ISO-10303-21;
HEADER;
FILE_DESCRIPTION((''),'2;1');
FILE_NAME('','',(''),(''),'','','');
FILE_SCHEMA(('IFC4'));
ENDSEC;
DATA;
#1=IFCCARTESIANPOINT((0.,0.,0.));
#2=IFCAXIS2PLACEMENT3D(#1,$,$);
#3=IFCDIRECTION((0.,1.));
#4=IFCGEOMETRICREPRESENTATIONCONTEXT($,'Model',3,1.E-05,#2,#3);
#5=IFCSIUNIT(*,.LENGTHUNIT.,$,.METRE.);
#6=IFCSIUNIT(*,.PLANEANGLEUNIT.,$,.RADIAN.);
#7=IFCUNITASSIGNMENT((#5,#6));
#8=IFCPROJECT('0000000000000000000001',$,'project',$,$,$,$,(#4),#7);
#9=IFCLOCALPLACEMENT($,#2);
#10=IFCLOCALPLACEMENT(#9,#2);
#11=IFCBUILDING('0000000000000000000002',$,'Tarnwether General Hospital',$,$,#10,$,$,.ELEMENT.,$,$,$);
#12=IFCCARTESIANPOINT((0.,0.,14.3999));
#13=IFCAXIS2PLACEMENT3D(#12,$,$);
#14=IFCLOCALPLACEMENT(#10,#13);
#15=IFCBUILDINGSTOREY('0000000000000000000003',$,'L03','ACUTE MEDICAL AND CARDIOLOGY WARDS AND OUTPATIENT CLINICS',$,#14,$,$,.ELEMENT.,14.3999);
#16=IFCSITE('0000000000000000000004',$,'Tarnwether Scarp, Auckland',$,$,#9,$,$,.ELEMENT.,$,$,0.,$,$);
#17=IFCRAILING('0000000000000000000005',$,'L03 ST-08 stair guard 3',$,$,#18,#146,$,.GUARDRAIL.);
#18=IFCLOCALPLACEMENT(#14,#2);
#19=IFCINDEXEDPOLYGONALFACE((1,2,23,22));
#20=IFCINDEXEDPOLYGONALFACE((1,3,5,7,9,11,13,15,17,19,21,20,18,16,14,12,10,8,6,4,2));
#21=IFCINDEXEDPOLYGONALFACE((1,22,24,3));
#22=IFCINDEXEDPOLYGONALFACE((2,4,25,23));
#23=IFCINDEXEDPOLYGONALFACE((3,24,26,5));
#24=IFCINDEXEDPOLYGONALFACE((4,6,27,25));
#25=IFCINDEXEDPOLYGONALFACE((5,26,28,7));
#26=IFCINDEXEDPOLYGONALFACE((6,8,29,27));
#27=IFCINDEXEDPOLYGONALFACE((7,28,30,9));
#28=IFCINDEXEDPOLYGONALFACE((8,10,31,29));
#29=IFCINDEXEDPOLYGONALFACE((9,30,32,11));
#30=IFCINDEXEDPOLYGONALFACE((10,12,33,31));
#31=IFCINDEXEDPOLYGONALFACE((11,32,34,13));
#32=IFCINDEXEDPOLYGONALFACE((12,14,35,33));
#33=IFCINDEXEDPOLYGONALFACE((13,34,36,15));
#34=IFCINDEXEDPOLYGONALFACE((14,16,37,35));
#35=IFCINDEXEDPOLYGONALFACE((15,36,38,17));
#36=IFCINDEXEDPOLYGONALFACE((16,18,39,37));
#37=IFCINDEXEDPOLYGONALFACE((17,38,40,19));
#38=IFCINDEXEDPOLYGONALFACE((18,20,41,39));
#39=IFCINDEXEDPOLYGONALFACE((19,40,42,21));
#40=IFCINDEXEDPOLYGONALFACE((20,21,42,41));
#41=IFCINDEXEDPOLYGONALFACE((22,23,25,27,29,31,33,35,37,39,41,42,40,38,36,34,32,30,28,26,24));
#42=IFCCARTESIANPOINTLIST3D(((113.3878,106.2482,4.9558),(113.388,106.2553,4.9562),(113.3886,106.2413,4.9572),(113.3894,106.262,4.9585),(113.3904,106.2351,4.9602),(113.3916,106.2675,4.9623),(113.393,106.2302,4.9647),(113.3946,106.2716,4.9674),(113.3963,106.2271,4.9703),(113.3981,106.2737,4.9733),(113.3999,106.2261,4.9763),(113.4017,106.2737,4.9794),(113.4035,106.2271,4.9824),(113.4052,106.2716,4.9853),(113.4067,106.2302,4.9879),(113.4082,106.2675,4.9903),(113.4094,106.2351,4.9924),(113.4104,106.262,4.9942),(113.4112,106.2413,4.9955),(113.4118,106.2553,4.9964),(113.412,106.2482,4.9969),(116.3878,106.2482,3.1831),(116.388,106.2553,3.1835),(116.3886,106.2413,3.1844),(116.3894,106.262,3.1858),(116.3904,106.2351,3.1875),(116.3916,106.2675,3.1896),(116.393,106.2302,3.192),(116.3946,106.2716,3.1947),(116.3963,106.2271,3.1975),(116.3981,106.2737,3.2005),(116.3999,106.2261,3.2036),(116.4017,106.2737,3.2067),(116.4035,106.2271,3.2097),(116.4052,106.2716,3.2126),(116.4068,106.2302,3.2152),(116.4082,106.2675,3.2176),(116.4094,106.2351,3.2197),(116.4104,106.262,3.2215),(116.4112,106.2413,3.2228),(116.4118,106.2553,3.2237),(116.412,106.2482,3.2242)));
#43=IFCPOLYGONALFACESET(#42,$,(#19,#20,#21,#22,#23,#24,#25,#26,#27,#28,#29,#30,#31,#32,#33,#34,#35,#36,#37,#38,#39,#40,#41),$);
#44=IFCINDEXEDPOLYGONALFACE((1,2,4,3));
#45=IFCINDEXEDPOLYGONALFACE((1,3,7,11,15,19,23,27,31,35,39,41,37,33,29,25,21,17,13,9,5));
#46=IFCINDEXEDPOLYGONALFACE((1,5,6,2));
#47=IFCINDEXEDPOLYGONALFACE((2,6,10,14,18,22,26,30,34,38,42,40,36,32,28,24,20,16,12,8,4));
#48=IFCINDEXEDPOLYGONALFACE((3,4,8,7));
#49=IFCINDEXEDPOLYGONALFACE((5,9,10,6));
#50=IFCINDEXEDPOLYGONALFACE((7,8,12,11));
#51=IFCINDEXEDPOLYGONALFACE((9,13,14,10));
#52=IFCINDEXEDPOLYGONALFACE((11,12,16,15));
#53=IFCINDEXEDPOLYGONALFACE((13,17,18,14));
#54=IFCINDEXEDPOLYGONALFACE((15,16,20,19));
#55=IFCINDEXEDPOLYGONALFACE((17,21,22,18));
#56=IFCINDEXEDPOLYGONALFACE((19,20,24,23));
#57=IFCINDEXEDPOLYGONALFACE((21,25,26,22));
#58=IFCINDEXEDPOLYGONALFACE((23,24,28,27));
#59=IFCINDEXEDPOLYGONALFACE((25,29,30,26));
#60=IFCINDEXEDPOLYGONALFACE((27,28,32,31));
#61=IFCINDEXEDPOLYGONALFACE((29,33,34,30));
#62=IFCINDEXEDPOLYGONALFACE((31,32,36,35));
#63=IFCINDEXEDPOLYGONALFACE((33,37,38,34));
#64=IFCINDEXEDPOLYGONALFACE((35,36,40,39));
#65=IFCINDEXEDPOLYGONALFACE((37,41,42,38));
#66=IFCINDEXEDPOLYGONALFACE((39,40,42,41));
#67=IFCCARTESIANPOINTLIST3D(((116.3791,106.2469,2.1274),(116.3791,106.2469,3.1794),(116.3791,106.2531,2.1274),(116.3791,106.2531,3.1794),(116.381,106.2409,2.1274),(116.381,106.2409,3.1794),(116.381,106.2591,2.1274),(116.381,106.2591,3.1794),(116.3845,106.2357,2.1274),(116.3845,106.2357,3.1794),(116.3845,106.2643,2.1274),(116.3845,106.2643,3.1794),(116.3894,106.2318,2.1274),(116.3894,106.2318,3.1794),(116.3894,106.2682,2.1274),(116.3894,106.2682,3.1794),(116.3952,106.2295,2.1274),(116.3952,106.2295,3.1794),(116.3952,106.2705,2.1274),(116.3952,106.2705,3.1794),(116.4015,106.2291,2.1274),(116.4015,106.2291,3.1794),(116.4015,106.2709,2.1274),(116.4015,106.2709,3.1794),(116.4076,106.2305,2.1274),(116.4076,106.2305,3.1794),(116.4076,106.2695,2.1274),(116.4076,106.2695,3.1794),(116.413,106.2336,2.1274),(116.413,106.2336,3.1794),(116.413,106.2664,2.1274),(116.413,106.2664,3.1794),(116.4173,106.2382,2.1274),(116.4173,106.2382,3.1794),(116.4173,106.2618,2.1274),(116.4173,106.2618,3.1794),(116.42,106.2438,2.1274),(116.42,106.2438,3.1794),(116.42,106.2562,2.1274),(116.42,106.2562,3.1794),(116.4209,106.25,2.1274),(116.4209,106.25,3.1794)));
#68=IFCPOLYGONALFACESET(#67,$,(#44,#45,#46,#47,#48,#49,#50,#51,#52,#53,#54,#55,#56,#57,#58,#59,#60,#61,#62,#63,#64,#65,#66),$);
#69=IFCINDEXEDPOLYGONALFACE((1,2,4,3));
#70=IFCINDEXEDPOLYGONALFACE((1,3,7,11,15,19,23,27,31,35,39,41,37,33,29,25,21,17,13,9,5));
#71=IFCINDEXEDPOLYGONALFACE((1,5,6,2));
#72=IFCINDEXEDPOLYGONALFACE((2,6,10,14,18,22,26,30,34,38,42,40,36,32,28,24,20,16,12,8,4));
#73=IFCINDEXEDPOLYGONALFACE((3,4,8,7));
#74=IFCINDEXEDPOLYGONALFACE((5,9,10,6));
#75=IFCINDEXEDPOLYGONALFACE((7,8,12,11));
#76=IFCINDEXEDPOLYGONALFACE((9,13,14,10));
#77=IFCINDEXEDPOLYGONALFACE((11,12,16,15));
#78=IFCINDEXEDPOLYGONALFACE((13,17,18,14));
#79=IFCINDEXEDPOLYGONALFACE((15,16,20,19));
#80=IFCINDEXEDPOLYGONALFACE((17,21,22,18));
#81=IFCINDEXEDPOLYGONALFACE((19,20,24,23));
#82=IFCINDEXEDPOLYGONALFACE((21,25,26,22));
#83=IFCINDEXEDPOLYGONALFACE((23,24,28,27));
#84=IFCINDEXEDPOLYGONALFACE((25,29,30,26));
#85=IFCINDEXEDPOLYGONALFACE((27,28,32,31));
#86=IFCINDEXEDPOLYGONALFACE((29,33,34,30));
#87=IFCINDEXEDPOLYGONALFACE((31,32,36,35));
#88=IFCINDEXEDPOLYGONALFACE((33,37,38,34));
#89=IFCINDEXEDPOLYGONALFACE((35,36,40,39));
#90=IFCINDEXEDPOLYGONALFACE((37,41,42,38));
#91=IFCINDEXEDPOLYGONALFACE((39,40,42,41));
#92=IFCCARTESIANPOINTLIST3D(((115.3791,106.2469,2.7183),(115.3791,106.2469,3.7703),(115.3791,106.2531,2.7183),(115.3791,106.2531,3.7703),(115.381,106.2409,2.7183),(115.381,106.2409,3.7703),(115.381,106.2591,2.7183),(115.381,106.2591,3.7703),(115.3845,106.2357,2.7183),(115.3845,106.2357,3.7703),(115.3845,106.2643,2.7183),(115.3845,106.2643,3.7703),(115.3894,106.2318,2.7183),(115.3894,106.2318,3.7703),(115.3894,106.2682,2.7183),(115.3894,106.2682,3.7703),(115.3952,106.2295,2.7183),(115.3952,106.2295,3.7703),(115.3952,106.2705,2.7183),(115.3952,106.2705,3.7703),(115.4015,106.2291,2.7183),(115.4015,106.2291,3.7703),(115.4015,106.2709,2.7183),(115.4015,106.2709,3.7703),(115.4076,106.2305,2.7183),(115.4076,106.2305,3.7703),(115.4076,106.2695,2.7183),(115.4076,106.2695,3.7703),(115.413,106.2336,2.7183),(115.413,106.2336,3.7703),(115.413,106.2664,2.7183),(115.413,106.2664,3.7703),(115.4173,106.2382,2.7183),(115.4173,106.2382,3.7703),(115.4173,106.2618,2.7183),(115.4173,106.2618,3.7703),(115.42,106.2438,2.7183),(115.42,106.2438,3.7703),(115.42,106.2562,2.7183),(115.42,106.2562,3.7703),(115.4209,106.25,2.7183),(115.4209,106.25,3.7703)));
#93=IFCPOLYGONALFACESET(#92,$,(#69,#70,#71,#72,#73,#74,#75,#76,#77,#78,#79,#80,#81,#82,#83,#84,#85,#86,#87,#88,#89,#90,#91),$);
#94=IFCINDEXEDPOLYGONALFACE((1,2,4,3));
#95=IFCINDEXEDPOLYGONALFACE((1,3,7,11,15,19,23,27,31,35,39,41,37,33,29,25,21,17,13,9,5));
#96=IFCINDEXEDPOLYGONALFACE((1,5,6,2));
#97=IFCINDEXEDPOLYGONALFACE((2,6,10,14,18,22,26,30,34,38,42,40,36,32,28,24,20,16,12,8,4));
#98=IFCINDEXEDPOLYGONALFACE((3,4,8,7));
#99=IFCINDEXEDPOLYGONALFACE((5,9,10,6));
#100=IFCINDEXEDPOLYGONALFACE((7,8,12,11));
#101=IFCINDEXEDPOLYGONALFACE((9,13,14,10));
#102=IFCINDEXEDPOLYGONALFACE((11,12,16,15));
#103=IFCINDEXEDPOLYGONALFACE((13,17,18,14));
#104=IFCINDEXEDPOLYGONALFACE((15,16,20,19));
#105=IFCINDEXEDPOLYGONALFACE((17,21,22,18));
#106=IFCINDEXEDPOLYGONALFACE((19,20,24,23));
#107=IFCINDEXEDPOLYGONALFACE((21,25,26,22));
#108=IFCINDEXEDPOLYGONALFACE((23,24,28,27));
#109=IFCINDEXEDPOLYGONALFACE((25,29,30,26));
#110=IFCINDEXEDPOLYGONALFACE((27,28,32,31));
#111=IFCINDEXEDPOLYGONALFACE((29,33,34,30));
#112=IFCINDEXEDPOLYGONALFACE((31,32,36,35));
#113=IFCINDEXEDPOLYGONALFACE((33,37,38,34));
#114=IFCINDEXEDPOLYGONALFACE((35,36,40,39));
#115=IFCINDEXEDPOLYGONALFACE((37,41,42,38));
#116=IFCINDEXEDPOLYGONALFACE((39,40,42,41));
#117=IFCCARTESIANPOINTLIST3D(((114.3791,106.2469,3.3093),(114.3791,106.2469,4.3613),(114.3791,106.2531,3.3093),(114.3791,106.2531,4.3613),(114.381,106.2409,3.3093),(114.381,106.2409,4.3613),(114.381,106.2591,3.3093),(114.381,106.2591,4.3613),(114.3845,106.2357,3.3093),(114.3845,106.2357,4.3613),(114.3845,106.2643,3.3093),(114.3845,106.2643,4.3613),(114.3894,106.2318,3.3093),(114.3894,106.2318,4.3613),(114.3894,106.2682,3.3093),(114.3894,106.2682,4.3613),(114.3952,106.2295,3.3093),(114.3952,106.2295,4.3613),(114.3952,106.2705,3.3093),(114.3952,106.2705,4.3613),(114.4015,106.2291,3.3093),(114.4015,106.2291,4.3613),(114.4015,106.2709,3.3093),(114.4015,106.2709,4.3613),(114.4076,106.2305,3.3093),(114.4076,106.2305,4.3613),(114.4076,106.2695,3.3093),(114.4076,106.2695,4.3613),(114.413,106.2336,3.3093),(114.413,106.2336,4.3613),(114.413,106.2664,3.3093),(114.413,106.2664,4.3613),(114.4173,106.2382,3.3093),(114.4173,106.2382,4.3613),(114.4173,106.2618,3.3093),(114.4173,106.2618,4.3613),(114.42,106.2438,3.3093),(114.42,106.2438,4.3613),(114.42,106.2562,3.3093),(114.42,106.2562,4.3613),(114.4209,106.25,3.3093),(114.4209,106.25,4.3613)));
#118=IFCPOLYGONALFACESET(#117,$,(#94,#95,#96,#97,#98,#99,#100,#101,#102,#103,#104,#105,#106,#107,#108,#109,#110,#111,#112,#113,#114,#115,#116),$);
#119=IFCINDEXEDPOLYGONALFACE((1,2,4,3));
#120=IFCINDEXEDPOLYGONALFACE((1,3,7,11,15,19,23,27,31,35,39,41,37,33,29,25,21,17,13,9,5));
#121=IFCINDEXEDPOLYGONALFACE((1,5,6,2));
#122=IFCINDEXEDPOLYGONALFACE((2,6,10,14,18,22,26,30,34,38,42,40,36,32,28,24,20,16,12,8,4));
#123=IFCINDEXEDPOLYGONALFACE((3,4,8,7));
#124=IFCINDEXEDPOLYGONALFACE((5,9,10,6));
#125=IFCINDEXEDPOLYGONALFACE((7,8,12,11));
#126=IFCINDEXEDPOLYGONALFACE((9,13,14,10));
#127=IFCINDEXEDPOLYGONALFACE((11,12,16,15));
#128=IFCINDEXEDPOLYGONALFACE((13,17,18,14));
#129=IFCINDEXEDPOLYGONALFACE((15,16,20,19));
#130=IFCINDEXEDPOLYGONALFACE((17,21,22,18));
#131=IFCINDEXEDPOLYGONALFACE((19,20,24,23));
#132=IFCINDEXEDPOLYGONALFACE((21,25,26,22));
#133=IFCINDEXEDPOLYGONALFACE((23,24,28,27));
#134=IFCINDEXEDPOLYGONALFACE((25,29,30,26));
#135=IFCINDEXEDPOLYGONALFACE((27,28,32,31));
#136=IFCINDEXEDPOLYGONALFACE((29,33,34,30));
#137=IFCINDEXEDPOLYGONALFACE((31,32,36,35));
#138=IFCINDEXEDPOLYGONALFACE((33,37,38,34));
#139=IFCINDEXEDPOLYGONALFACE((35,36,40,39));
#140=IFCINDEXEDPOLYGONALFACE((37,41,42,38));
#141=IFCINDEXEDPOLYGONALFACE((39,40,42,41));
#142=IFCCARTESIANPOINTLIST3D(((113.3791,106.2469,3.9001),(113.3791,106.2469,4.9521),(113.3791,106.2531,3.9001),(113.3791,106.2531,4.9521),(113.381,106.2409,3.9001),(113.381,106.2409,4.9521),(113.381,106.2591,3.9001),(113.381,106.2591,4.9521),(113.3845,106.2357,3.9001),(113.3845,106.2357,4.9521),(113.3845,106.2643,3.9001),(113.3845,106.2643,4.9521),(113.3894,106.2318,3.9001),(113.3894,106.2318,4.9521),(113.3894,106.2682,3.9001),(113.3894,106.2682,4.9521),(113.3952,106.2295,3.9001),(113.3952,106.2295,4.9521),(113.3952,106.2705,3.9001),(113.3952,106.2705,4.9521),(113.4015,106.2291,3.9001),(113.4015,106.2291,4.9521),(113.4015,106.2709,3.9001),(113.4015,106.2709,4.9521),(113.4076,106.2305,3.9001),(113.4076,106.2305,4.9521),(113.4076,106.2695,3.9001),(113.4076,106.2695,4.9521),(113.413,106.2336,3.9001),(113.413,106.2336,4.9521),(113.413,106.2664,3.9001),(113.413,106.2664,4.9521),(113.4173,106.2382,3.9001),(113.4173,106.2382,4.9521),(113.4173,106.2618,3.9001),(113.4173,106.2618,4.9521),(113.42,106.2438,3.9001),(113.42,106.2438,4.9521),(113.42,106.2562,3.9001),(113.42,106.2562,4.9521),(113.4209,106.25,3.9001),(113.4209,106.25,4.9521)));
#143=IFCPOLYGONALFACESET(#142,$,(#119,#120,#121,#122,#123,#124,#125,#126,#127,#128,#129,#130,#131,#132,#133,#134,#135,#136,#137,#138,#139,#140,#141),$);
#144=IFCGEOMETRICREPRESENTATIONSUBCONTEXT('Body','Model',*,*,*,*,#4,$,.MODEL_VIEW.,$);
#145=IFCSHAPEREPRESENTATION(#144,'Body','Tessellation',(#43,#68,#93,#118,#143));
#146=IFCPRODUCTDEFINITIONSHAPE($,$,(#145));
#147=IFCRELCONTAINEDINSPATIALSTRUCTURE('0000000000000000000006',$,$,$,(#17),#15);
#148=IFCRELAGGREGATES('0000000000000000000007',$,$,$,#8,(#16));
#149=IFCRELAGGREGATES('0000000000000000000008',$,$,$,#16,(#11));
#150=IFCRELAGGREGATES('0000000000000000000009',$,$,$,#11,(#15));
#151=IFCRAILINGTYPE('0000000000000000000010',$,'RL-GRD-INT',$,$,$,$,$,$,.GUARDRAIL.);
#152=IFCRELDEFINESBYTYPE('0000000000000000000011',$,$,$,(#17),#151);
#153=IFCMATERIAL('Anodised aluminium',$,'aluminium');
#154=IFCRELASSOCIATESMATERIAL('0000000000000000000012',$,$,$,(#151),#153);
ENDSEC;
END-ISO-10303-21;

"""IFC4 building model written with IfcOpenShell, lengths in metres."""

from ifc_helpers import new_model, si_unit, direction, frame, origin, origin_2d, place, context, subcontext, project, spatial, circle, extrude, material, type_object, element, save


model = new_model("IFC4")

# Units and contexts
model_context = context("Model", 3, precision=1e-05, world=origin(), true_north=direction((0.0, 1.0)))
body_context = subcontext(model_context, "Body", "Model", "MODEL_VIEW")
ifc_project = project(units=[si_unit("LENGTHUNIT", "METRE"), si_unit("PLANEANGLEUNIT", "RADIAN")], contexts=[model_context])

# Site, building, storey
site_placement = place(None, origin())
site = spatial("IfcSite", under=ifc_project, at=site_placement, Name="Tarnwether Scarp, Auckland", CompositionType="ELEMENT", RefElevation=0.0)
building_placement = place(site_placement, origin())
building = spatial("IfcBuilding", under=site, at=building_placement, Name="Tarnwether General Hospital", CompositionType="ELEMENT")
storey_placement = place(building_placement, frame((0.0, 0.0, 14.3999)))
storey = spatial("IfcBuildingStorey", under=building, at=storey_placement, Name="L03", Description="ACUTE MEDICAL AND CARDIOLOGY WARDS AND OUTPATIENT CLINICS", CompositionType="ELEMENT", Elevation=14.3999)

# Railing
ifc_material_1 = material(Name="Anodised aluminium", Category="aluminium")
railing_type_1 = type_object("IfcRailingType", Name="RL-GRD-INT", PredefinedType="GUARDRAIL", material=ifc_material_1)
railing_1_placement = place(storey_placement, frame((116.3999, 106.25, 2.1274)))
element("IfcRailing", 1, at=railing_1_placement, inside=storey, type_object=railing_type_1, Name="L03 ST-08 stair guard 3", PredefinedType="GUARDRAIL", context=body_context, shape_type="SweptSolid", body=[
    extrude(circle(Radius=0.0239, at=origin_2d()), frame((0.0, 0.0, 1.0762), z_axis=(-0.860929, 0.0, 0.508725), x_axis=(0.0, -1.0, 0.0)), (0.0, 0.0, 1.0), 3.4846),
    extrude(circle(Radius=0.021, at=origin_2d()), origin(), (0.0, 0.0, 1.0), 1.052),
    extrude(circle(Radius=0.021, at=origin_2d()), frame((-1.0, 0.0, 0.5908)), (0.0, 0.0, 1.0), 1.052),
    extrude(circle(Radius=0.021, at=origin_2d()), frame((-2.0, 0.0, 1.1819)), (0.0, 0.0, 1.0), 1.052),
    extrude(circle(Radius=0.021, at=origin_2d()), frame((-3.0, 0.0, 1.7727)), (0.0, 0.0, 1.0), 1.052),
])

save(model, "model.ifc")
